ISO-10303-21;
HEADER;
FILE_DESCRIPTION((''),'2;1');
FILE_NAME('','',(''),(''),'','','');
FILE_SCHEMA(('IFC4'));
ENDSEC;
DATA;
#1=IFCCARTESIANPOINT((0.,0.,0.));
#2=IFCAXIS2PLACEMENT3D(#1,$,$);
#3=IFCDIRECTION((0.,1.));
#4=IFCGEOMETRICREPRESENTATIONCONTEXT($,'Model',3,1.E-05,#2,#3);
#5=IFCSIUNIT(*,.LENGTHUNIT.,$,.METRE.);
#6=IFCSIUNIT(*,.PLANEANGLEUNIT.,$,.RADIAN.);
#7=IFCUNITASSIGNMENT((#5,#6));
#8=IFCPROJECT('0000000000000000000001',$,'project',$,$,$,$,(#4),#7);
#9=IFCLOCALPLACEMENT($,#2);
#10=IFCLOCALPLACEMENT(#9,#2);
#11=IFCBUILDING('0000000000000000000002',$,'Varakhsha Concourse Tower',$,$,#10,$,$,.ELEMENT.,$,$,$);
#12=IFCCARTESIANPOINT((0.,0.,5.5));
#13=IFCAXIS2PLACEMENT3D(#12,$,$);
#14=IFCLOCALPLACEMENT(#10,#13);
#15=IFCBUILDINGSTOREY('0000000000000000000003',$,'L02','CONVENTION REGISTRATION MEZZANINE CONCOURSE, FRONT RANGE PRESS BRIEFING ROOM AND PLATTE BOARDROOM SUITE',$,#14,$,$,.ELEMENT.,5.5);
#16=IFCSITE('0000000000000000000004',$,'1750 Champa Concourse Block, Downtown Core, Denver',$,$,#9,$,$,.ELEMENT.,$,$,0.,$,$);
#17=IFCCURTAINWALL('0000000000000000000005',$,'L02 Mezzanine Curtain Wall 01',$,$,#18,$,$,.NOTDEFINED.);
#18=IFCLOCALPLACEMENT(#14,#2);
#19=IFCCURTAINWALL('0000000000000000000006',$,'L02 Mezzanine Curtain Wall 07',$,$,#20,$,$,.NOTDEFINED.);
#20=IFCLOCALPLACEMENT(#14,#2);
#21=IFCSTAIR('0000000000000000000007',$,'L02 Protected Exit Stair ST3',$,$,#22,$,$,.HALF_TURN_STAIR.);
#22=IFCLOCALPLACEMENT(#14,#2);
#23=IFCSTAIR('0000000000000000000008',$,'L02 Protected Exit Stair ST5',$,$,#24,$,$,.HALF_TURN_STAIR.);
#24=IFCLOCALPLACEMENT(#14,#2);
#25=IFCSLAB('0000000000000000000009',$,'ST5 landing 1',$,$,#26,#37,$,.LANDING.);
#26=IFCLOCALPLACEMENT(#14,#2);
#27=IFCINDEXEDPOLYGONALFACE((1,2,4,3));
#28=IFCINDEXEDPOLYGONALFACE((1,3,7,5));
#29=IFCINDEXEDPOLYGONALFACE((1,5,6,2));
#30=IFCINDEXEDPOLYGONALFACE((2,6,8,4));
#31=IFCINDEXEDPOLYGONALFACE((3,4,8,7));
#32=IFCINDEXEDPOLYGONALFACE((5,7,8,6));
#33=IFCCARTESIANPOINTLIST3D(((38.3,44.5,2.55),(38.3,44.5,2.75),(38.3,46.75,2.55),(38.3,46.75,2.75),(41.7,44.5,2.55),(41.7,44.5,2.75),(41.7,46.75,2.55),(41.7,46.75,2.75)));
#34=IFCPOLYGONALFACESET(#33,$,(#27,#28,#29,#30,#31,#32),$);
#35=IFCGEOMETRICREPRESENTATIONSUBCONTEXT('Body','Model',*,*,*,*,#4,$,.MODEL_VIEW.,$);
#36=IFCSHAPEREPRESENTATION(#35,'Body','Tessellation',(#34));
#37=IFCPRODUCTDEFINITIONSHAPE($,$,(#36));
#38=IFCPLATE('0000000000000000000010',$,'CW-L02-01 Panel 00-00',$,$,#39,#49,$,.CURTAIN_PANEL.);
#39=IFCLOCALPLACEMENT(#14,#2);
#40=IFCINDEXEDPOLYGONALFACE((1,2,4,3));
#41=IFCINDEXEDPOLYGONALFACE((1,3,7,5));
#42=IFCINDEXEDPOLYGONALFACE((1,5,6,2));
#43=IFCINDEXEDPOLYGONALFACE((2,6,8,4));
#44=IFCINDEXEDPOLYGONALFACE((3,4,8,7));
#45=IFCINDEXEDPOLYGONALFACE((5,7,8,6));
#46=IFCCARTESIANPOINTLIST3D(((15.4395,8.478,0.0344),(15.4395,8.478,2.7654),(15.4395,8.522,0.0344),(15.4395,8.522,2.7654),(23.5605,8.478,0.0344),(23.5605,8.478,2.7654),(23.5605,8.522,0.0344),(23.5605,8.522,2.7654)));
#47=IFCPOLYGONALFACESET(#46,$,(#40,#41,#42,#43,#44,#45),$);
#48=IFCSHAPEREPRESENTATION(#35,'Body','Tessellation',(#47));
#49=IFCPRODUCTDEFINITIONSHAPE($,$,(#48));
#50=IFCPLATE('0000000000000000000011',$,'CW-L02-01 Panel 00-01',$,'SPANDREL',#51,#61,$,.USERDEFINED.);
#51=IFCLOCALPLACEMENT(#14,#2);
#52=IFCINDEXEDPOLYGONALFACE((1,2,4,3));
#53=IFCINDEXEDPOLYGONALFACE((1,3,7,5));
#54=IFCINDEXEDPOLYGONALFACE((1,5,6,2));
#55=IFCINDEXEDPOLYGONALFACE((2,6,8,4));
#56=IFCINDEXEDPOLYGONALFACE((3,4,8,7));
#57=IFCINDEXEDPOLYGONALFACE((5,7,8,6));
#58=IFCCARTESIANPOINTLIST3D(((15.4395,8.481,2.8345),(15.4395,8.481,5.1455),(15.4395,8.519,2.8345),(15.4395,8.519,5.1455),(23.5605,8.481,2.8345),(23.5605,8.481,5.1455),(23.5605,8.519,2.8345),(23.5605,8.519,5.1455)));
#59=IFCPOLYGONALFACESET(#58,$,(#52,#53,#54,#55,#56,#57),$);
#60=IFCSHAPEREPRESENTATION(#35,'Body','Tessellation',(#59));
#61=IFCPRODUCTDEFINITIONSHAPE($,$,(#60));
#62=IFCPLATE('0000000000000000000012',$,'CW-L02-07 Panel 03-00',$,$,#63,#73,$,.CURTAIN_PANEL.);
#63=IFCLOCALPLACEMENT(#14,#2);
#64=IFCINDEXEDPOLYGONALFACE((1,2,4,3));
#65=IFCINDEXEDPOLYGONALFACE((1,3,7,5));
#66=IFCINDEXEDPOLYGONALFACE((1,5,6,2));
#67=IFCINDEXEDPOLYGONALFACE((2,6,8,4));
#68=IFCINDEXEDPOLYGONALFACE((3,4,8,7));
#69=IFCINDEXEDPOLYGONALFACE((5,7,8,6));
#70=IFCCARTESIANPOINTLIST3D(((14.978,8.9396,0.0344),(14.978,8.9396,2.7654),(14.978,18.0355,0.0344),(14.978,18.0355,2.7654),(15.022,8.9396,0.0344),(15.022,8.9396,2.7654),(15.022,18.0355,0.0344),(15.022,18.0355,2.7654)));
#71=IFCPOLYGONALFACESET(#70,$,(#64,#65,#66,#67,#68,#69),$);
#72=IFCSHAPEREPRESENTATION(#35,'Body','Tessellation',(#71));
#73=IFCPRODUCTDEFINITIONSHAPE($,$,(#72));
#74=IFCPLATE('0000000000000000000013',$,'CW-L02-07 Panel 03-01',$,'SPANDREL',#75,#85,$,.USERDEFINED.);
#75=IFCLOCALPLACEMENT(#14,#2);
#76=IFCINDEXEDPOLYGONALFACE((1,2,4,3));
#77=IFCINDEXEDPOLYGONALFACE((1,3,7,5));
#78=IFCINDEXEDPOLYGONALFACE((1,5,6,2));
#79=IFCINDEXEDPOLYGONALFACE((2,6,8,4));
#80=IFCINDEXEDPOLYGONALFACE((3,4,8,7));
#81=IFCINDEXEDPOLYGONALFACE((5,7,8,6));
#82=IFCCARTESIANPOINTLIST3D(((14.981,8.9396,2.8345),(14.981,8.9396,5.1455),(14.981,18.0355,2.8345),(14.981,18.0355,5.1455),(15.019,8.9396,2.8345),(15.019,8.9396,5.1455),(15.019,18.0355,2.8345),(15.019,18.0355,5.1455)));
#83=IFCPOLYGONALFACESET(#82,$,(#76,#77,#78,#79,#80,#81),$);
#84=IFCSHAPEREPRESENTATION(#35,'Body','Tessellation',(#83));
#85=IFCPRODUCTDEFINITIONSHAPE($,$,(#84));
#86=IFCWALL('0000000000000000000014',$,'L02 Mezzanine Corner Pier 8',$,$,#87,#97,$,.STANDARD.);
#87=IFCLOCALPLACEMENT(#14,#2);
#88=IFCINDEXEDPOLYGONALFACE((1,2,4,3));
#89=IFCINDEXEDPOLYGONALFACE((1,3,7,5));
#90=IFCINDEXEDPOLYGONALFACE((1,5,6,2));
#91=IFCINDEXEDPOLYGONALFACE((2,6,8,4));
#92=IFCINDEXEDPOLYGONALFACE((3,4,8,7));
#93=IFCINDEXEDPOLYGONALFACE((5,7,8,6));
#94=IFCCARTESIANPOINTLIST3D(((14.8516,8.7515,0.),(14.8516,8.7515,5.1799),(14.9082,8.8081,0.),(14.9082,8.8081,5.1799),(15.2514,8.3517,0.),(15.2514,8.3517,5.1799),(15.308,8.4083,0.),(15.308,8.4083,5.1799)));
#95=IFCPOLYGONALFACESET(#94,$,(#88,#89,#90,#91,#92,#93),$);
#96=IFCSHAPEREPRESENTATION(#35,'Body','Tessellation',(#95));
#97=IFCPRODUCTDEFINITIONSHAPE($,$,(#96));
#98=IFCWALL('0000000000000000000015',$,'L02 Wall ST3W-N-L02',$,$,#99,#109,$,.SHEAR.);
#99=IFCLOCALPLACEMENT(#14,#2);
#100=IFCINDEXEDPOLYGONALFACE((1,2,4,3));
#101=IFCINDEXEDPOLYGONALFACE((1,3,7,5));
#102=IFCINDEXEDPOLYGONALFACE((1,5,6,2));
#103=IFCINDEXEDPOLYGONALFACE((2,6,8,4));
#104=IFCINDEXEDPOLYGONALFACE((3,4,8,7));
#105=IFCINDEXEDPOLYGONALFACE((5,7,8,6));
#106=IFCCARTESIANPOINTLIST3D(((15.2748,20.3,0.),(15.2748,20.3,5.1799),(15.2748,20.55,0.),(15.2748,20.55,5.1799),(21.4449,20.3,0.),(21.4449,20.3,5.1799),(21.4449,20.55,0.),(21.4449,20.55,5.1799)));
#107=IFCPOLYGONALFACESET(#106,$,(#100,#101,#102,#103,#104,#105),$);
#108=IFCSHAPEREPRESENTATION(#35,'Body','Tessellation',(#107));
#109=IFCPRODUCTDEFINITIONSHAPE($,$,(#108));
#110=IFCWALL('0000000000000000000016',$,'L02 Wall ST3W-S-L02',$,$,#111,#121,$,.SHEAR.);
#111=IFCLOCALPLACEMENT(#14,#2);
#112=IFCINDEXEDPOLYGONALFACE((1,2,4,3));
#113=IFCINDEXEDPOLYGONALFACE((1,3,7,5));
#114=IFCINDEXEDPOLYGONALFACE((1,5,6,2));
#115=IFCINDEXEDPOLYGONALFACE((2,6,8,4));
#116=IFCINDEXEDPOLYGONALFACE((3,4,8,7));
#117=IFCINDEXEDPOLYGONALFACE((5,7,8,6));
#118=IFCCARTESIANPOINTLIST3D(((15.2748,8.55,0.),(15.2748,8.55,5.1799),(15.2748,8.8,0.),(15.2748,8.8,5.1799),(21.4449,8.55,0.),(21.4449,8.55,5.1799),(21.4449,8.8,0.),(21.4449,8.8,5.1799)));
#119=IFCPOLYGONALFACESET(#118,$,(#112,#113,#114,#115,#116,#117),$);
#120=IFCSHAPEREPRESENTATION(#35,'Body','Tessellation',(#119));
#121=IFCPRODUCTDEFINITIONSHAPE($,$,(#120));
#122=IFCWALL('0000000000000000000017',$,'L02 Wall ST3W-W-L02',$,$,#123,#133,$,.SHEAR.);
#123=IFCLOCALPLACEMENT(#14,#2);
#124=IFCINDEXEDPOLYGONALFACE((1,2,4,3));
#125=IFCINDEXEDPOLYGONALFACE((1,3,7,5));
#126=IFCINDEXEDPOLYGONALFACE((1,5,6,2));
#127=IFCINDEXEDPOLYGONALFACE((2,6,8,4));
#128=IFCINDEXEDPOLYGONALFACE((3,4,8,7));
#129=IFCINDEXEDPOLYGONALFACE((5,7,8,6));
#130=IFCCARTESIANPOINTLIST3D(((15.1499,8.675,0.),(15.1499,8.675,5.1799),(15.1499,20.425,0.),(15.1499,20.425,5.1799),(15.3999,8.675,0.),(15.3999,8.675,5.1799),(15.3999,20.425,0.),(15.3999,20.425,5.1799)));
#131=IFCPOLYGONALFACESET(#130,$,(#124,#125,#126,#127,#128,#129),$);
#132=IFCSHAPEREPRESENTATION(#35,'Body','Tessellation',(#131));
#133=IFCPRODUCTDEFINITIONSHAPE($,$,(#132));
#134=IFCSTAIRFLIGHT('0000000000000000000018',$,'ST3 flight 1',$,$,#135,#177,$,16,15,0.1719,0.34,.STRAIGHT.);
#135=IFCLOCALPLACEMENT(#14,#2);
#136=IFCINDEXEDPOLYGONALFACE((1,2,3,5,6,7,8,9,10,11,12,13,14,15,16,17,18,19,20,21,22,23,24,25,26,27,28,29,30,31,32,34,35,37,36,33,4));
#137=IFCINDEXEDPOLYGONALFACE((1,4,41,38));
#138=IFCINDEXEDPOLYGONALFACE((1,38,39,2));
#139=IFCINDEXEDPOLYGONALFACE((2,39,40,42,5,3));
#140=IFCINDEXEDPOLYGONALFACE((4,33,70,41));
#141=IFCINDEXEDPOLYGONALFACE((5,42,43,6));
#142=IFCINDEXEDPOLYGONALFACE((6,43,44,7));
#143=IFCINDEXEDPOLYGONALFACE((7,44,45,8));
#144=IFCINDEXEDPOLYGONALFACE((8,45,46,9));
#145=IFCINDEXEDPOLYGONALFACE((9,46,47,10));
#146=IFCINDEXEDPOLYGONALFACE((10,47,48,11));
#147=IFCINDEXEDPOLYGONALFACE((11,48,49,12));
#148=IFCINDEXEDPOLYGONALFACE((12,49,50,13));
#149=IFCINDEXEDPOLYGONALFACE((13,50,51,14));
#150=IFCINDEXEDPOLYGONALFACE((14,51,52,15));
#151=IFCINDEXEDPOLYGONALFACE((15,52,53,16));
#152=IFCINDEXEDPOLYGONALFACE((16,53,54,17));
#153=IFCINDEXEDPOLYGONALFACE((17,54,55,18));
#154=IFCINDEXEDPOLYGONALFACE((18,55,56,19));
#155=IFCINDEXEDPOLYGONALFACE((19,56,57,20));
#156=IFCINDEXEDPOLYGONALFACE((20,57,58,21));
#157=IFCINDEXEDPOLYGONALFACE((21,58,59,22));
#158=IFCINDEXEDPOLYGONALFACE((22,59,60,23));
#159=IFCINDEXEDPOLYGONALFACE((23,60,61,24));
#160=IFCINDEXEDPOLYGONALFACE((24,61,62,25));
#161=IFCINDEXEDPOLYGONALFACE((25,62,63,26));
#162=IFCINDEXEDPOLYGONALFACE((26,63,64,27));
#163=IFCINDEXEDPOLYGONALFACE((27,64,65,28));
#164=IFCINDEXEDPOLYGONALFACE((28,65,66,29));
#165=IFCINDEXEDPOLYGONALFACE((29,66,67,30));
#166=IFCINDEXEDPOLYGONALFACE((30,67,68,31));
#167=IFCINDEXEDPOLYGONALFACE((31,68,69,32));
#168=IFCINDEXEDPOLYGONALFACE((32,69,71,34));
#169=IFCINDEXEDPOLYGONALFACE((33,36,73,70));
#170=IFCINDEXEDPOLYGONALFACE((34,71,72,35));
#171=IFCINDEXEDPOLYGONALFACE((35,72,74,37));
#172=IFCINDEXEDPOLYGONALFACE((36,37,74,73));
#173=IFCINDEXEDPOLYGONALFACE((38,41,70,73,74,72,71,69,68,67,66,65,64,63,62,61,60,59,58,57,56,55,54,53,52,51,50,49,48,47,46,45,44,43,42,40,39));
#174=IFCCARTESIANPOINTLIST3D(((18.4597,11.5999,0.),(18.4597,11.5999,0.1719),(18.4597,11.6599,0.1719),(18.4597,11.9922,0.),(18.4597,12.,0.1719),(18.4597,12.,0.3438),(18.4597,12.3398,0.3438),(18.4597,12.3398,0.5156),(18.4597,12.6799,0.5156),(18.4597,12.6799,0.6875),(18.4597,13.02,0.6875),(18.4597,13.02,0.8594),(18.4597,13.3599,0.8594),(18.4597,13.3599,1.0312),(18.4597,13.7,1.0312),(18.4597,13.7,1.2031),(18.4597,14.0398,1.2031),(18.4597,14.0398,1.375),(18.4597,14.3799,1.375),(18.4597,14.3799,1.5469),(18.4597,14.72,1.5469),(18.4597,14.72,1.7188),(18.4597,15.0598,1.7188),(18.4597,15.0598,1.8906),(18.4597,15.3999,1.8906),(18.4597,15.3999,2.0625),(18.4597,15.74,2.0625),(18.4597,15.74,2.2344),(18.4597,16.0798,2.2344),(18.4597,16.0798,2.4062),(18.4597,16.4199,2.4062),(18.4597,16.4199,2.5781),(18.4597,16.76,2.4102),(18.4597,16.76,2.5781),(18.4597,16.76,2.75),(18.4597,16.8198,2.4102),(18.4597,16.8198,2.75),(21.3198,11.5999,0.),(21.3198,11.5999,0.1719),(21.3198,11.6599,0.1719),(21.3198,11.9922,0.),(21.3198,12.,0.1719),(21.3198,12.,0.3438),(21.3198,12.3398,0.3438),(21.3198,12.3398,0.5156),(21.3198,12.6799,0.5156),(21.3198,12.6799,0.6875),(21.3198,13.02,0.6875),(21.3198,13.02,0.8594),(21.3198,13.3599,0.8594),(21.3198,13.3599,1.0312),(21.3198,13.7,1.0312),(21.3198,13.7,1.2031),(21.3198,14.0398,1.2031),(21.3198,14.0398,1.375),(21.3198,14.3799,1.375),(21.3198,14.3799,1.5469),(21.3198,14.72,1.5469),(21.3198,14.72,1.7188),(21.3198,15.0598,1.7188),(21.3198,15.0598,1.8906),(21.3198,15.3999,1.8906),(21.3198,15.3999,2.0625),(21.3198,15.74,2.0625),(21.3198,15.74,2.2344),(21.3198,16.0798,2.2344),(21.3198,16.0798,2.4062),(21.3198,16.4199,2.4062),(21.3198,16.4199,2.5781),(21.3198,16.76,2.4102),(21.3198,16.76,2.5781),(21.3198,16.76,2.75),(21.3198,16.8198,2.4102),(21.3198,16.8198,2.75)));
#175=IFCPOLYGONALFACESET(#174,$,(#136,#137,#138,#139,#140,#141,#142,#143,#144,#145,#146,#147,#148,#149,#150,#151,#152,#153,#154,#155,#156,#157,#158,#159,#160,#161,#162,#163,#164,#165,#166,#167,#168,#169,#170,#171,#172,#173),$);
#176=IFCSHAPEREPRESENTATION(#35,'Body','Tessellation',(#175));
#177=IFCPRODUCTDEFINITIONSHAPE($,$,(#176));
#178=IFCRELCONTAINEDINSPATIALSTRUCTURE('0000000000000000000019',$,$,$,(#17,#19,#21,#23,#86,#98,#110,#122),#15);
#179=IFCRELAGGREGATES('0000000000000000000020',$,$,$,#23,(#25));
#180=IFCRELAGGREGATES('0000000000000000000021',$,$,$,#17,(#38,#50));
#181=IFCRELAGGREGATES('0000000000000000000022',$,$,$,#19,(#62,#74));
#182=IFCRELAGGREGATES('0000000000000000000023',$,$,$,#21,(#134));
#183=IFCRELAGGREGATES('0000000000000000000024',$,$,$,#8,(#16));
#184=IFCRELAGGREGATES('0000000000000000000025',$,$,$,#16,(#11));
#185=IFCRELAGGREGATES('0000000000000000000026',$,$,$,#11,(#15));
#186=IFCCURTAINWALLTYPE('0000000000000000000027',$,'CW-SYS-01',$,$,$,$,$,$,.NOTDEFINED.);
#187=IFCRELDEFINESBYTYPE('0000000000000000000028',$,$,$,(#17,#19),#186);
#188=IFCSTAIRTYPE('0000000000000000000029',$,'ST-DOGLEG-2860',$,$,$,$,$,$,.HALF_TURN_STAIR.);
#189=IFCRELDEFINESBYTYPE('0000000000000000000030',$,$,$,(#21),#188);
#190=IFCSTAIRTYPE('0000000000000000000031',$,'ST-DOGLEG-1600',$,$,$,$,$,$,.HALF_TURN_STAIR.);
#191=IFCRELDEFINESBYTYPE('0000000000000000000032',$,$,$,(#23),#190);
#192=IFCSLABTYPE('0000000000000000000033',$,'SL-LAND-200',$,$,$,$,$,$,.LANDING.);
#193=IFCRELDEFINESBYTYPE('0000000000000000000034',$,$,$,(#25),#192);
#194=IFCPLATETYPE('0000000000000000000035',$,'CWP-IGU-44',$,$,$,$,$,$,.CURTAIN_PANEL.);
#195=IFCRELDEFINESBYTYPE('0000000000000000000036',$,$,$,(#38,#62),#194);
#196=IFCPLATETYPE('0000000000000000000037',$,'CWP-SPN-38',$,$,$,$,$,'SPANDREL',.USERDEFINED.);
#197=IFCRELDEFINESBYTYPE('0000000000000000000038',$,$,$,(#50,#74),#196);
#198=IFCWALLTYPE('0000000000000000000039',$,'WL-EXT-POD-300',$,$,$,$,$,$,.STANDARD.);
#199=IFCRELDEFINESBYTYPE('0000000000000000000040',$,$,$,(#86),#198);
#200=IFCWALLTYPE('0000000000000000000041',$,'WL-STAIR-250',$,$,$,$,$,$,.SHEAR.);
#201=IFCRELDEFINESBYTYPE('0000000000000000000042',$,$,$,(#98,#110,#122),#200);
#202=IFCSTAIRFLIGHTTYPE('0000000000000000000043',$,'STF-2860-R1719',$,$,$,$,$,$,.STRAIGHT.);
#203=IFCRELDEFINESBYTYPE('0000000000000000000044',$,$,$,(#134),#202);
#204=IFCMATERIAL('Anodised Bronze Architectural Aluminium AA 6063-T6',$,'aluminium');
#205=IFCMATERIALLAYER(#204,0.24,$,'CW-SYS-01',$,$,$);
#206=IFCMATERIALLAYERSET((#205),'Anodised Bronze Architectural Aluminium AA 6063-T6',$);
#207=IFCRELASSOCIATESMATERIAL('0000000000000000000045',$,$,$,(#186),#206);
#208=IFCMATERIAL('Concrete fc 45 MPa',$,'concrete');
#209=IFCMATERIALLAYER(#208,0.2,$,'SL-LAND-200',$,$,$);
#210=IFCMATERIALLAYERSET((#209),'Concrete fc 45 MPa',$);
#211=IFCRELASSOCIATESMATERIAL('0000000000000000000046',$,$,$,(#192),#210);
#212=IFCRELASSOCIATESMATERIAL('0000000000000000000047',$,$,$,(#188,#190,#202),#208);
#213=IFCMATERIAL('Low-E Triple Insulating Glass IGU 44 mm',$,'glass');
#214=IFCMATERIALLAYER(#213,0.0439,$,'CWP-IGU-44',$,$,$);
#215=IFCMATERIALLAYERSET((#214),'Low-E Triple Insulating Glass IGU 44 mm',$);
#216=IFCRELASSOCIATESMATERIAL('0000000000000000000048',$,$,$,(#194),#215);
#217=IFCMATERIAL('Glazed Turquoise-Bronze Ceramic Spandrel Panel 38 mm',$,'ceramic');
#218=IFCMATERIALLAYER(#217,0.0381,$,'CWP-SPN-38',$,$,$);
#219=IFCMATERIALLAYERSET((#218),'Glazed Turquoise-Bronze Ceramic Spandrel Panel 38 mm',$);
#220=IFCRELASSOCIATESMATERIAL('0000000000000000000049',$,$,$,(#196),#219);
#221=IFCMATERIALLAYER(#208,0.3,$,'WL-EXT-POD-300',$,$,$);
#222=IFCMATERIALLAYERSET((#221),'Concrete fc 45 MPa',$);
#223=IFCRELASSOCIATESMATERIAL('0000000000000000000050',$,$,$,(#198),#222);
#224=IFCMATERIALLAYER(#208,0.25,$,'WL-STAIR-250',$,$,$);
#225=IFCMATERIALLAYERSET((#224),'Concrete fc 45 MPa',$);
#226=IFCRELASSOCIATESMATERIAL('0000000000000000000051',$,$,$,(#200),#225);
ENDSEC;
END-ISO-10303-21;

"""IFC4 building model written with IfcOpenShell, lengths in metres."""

from ifc_helpers import new_model, si_unit, direction, frame, frame_2d, origin, origin_2d, place, context, subcontext, project, spatial, polyline, rectangle, outline, extrude, source, transform, mapped, material, layer, layer_set, type_object, type_shapes, element, aggregate, save


model = new_model("IFC4")

# Units and contexts
model_context = context("Model", 3, precision=1e-05, world=origin(), true_north=direction((0.0, 1.0)))
body_context = subcontext(model_context, "Body", "Model", "MODEL_VIEW")
ifc_project = project(units=[si_unit("LENGTHUNIT", "METRE"), si_unit("PLANEANGLEUNIT", "RADIAN")], contexts=[model_context])

# Site, building, storey
site_placement = place(None, origin())
site = spatial("IfcSite", under=ifc_project, at=site_placement, Name="1750 Champa Concourse Block, Downtown Core, Denver", CompositionType="ELEMENT", RefElevation=0.0)
building_placement = place(site_placement, origin())
building = spatial("IfcBuilding", under=site, at=building_placement, Name="Varakhsha Concourse Tower", CompositionType="ELEMENT")
storey_placement = place(building_placement, frame((0.0, 0.0, 5.5)))
storey = spatial("IfcBuildingStorey", under=building, at=storey_placement, Name="L02", Description="CONVENTION REGISTRATION MEZZANINE CONCOURSE, FRONT RANGE PRESS BRIEFING ROOM AND PLATTE BOARDROOM SUITE", CompositionType="ELEMENT", Elevation=5.5)

# Curtain wall
ifc_material_1 = material(Name="Anodised Bronze Architectural Aluminium AA 6063-T6", Category="aluminium")
ifc_layer_1 = layer(ifc_material_1, 0.24, Name="CW-SYS-01")
ifc_layer_set_1 = layer_set([ifc_layer_1], Name="Anodised Bronze Architectural Aluminium AA 6063-T6")
curtain_wall_type = type_object("IfcCurtainWallType", Name="CW-SYS-01", PredefinedType="NOTDEFINED", material=ifc_layer_set_1)
curtain_wall_1_placement = place(storey_placement, origin())
curtain_wall_1 = element("IfcCurtainWall", 1, at=curtain_wall_1_placement, inside=storey, type_object=curtain_wall_type, Name="L02 Mezzanine Curtain Wall 01", PredefinedType="NOTDEFINED")

# Curtain wall
curtain_wall_2_placement = place(storey_placement, origin())
curtain_wall_2 = element("IfcCurtainWall", 2, at=curtain_wall_2_placement, inside=storey, type_object=curtain_wall_type, Name="L02 Mezzanine Curtain Wall 07", PredefinedType="NOTDEFINED")

# Shared definitions
ifc_material_2 = material(Name="Concrete fc 45 MPa", Category="concrete")

# Stairs, slab
ifc_layer_2 = layer(ifc_material_2, 0.2, Name="SL-LAND-200")
ifc_layer_set_2 = layer_set([ifc_layer_2], Name="Concrete fc 45 MPa")
slab_type_1 = type_object("IfcSlabType", Name="SL-LAND-200", PredefinedType="LANDING", material=ifc_layer_set_2)
stair_type_1 = type_object("IfcStairType", Name="ST-DOGLEG-2860", PredefinedType="HALF_TURN_STAIR", material=ifc_material_2)
stair_1_placement = place(storey_placement, origin())
stair_1 = element("IfcStair", 3, at=stair_1_placement, inside=storey, type_object=stair_type_1, Name="L02 Protected Exit Stair ST3", PredefinedType="HALF_TURN_STAIR")
stair_type_2 = type_object("IfcStairType", Name="ST-DOGLEG-1600", PredefinedType="HALF_TURN_STAIR", material=ifc_material_2)
stair_2_placement = place(storey_placement, origin())
stair_2 = element("IfcStair", 4, at=stair_2_placement, inside=storey, type_object=stair_type_2, Name="L02 Protected Exit Stair ST5", PredefinedType="HALF_TURN_STAIR")
slab_1_placement = place(storey_placement, frame((0.0, 0.0, 2.55)))
slab_1 = element("IfcSlab", 5, at=slab_1_placement, type_object=slab_type_1, Name="ST5 landing 1", PredefinedType="LANDING", context=body_context, shape_type="SweptSolid", body=[
    extrude(outline(polyline([(41.7, 44.5), (41.7, 46.75), (38.3, 46.75), (38.3, 44.5), (41.7, 44.5)])), origin(), (0.0, 0.0, 1.0), 0.2),
])
aggregate(stair_2, [slab_1])

# Plates
ifc_material_3 = material(Name="Low-E Triple Insulating Glass IGU 44 mm", Category="glass")
ifc_layer_3 = layer(ifc_material_3, 0.0439, Name="CWP-IGU-44")
ifc_layer_set_3 = layer_set([ifc_layer_3], Name="Low-E Triple Insulating Glass IGU 44 mm")
plate_type_1 = type_object("IfcPlateType", Name="CWP-IGU-44", PredefinedType="CURTAIN_PANEL", material=ifc_layer_set_3)
shared_shape_1 = source(origin(), body_context, "Body", "SweptSolid", [
    extrude(rectangle(XDim=8.1211, YDim=0.0439, at=origin_2d()), origin(), (0.0, 0.0, 1.0), 2.731),
])
plate_1_placement = place(storey_placement, frame((19.5, 8.5, 0.0344), z_axis=(0.0, 0.0, 1.0), x_axis=(1.0, 0.0, 0.0)))
plate_1 = element("IfcPlate", 6, at=plate_1_placement, type_object=plate_type_1, Name="CW-L02-01 Panel 00-00", PredefinedType="CURTAIN_PANEL", context=body_context, shape_type="MappedRepresentation", body=[
    mapped(shared_shape_1, transform((0.0, 0.0, 0.0), scale=1.0)),
])
ifc_material_4 = material(Name="Glazed Turquoise-Bronze Ceramic Spandrel Panel 38 mm", Category="ceramic")
ifc_layer_4 = layer(ifc_material_4, 0.0381, Name="CWP-SPN-38")
ifc_layer_set_4 = layer_set([ifc_layer_4], Name="Glazed Turquoise-Bronze Ceramic Spandrel Panel 38 mm")
plate_type_2 = type_object("IfcPlateType", Name="CWP-SPN-38", ElementType="SPANDREL", PredefinedType="USERDEFINED", material=ifc_layer_set_4)
shared_shape_2 = source(origin(), body_context, "Body", "SweptSolid", [
    extrude(rectangle(XDim=8.1211, YDim=0.0381, at=origin_2d()), origin(), (0.0, 0.0, 1.0), 2.311),
])
plate_2_placement = place(storey_placement, frame((19.5, 8.5, 2.8345), z_axis=(0.0, 0.0, 1.0), x_axis=(1.0, 0.0, 0.0)))
plate_2 = element("IfcPlate", 7, at=plate_2_placement, type_object=plate_type_2, Name="CW-L02-01 Panel 00-01", ObjectType="SPANDREL", PredefinedType="USERDEFINED", context=body_context, shape_type="MappedRepresentation", body=[
    mapped(shared_shape_2, transform((0.0, 0.0, 0.0), scale=1.0)),
])
aggregate(curtain_wall_1, [plate_1, plate_2])
shared_shape_3 = source(origin(), body_context, "Body", "SweptSolid", [
    extrude(rectangle(XDim=9.0959, YDim=0.0439, at=origin_2d()), origin(), (0.0, 0.0, 1.0), 2.731),
])
type_shapes(plate_type_1, [shared_shape_1, shared_shape_3])
plate_3_placement = place(storey_placement, frame((15.0, 13.4875, 0.0344), z_axis=(0.0, 0.0, 1.0), x_axis=(0.0, -1.0, 0.0)))
plate_3 = element("IfcPlate", 8, at=plate_3_placement, type_object=plate_type_1, Name="CW-L02-07 Panel 03-00", PredefinedType="CURTAIN_PANEL", context=body_context, shape_type="MappedRepresentation", body=[
    mapped(shared_shape_3, transform((0.0, 0.0, 0.0), scale=1.0)),
])
shared_shape_4 = source(origin(), body_context, "Body", "SweptSolid", [
    extrude(rectangle(XDim=9.0959, YDim=0.0381, at=origin_2d()), origin(), (0.0, 0.0, 1.0), 2.311),
])
type_shapes(plate_type_2, [shared_shape_2, shared_shape_4])
plate_4_placement = place(storey_placement, frame((15.0, 13.4875, 2.8345), z_axis=(0.0, 0.0, 1.0), x_axis=(0.0, -1.0, 0.0)))
plate_4 = element("IfcPlate", 9, at=plate_4_placement, type_object=plate_type_2, Name="CW-L02-07 Panel 03-01", ObjectType="SPANDREL", PredefinedType="USERDEFINED", context=body_context, shape_type="MappedRepresentation", body=[
    mapped(shared_shape_4, transform((0.0, 0.0, 0.0), scale=1.0)),
])
aggregate(curtain_wall_2, [plate_3, plate_4])

# Walls
ifc_layer_5 = layer(ifc_material_2, 0.3, Name="WL-EXT-POD-300")
ifc_layer_set_5 = layer_set([ifc_layer_5], Name="Concrete fc 45 MPa")
wall_type_1 = type_object("IfcWallType", Name="WL-EXT-POD-300", PredefinedType="STANDARD", material=ifc_layer_set_5)
wall_1_placement = place(storey_placement, frame((14.8799, 8.7798, 0.0), z_axis=(0.0, 0.0, 1.0), x_axis=(0.707107, -0.707107, 0.0)))
element("IfcWall", 10, at=wall_1_placement, inside=storey, type_object=wall_type_1, Name="L02 Mezzanine Corner Pier 8", PredefinedType="STANDARD", context=body_context, shape_type="SweptSolid", body=[
    extrude(rectangle(XDim=0.5654, YDim=0.0801, at=frame_2d((0.2827, 0.0))), origin(), (0.0, 0.0, 1.0), 5.1799),
])
ifc_layer_6 = layer(ifc_material_2, 0.25, Name="WL-STAIR-250")
ifc_layer_set_6 = layer_set([ifc_layer_6], Name="Concrete fc 45 MPa")
wall_type_2 = type_object("IfcWallType", Name="WL-STAIR-250", PredefinedType="SHEAR", material=ifc_layer_set_6)
for number, where, z_axis, x_axis, name in (
    (11, (15.2749, 20.425, 0.0), (0.0, 0.0, 1.0), (1.0, 0.0, 0.0), "L02 Wall ST3W-N-L02"),
    (12, (15.2749, 8.675, 0.0), (0.0, 0.0, 1.0), (1.0, 0.0, 0.0), "L02 Wall ST3W-S-L02"),
):
    element("IfcWall", number, at=place(storey_placement, frame(where, z_axis=z_axis, x_axis=x_axis)), inside=storey, type_object=wall_type_2, Name=name, PredefinedType="SHEAR", context=body_context, shape_type="SweptSolid", body=[
        extrude(rectangle(XDim=6.1702, YDim=0.25, at=frame_2d((3.085, 0.0))), origin(), (0.0, 0.0, 1.0), 5.1799),
    ])
wall_2_placement = place(storey_placement, frame((15.2749, 8.675, 0.0), z_axis=(0.0, 0.0, 1.0), x_axis=(0.0, 1.0, 0.0)))
element("IfcWall", 13, at=wall_2_placement, inside=storey, type_object=wall_type_2, Name="L02 Wall ST3W-W-L02", PredefinedType="SHEAR", context=body_context, shape_type="SweptSolid", body=[
    extrude(rectangle(XDim=11.75, YDim=0.25, at=frame_2d((5.875, 0.0))), origin(), (0.0, 0.0, 1.0), 5.1799),
])

# Stair flight
stair_flight_type = type_object("IfcStairFlightType", Name="STF-2860-R1719", PredefinedType="STRAIGHT", material=ifc_material_2)
stair_flight_1_placement = place(storey_placement, frame((19.8899, 11.6599, 0.0), z_axis=(0.0, 0.0, 1.0), x_axis=(0.0, 1.0, 0.0)))
stair_flight_1 = element("IfcStairFlight", 14, at=stair_flight_1_placement, type_object=stair_flight_type, Name="ST3 flight 1", NumberOfRisers=16, NumberOfTreads=15, PredefinedType="STRAIGHT", RiserHeight=0.1719, TreadLength=0.34, context=body_context, shape_type="SweptSolid", body=[
    extrude(outline(polyline([(-0.0601, 0.0), (-0.0601, 0.1719), (0.0, 0.1719), (0.3401, 0.1719), (0.3401, 0.3438), (0.6799, 0.3438), (0.6799, 0.5156), (1.02, 0.5156), (1.02, 0.6875), (1.3601, 0.6875), (1.3601, 0.8594), (1.7, 0.8594), (1.7, 1.0312), (2.04, 1.0312), (2.04, 1.2031), (2.3799, 1.2031), (2.3799, 1.375), (2.72, 1.375), (2.72, 1.5469), (3.0601, 1.5469), (3.0601, 1.7188), (3.3999, 1.7188), (3.3999, 1.8906), (3.74, 1.8906), (3.74, 2.0625), (4.0801, 2.0625), (4.0801, 2.2344), (4.4199, 2.2344), (4.4199, 2.4062), (4.76, 2.4062), (4.76, 2.5781), (5.1001, 2.5781), (5.1001, 2.75), (5.1599, 2.75), (5.1599, 2.4102), (5.1001, 2.4102), (0.3323, 0.0), (-0.0601, 0.0)])), frame((0.0, 1.4302, 0.0), z_axis=(0.0, -1.0, 0.0), x_axis=(1.0, 0.0, 0.0)), (0.0, 0.0, 1.0), 2.8601),
])
aggregate(stair_1, [stair_flight_1])

save(model, "model.ifc")
